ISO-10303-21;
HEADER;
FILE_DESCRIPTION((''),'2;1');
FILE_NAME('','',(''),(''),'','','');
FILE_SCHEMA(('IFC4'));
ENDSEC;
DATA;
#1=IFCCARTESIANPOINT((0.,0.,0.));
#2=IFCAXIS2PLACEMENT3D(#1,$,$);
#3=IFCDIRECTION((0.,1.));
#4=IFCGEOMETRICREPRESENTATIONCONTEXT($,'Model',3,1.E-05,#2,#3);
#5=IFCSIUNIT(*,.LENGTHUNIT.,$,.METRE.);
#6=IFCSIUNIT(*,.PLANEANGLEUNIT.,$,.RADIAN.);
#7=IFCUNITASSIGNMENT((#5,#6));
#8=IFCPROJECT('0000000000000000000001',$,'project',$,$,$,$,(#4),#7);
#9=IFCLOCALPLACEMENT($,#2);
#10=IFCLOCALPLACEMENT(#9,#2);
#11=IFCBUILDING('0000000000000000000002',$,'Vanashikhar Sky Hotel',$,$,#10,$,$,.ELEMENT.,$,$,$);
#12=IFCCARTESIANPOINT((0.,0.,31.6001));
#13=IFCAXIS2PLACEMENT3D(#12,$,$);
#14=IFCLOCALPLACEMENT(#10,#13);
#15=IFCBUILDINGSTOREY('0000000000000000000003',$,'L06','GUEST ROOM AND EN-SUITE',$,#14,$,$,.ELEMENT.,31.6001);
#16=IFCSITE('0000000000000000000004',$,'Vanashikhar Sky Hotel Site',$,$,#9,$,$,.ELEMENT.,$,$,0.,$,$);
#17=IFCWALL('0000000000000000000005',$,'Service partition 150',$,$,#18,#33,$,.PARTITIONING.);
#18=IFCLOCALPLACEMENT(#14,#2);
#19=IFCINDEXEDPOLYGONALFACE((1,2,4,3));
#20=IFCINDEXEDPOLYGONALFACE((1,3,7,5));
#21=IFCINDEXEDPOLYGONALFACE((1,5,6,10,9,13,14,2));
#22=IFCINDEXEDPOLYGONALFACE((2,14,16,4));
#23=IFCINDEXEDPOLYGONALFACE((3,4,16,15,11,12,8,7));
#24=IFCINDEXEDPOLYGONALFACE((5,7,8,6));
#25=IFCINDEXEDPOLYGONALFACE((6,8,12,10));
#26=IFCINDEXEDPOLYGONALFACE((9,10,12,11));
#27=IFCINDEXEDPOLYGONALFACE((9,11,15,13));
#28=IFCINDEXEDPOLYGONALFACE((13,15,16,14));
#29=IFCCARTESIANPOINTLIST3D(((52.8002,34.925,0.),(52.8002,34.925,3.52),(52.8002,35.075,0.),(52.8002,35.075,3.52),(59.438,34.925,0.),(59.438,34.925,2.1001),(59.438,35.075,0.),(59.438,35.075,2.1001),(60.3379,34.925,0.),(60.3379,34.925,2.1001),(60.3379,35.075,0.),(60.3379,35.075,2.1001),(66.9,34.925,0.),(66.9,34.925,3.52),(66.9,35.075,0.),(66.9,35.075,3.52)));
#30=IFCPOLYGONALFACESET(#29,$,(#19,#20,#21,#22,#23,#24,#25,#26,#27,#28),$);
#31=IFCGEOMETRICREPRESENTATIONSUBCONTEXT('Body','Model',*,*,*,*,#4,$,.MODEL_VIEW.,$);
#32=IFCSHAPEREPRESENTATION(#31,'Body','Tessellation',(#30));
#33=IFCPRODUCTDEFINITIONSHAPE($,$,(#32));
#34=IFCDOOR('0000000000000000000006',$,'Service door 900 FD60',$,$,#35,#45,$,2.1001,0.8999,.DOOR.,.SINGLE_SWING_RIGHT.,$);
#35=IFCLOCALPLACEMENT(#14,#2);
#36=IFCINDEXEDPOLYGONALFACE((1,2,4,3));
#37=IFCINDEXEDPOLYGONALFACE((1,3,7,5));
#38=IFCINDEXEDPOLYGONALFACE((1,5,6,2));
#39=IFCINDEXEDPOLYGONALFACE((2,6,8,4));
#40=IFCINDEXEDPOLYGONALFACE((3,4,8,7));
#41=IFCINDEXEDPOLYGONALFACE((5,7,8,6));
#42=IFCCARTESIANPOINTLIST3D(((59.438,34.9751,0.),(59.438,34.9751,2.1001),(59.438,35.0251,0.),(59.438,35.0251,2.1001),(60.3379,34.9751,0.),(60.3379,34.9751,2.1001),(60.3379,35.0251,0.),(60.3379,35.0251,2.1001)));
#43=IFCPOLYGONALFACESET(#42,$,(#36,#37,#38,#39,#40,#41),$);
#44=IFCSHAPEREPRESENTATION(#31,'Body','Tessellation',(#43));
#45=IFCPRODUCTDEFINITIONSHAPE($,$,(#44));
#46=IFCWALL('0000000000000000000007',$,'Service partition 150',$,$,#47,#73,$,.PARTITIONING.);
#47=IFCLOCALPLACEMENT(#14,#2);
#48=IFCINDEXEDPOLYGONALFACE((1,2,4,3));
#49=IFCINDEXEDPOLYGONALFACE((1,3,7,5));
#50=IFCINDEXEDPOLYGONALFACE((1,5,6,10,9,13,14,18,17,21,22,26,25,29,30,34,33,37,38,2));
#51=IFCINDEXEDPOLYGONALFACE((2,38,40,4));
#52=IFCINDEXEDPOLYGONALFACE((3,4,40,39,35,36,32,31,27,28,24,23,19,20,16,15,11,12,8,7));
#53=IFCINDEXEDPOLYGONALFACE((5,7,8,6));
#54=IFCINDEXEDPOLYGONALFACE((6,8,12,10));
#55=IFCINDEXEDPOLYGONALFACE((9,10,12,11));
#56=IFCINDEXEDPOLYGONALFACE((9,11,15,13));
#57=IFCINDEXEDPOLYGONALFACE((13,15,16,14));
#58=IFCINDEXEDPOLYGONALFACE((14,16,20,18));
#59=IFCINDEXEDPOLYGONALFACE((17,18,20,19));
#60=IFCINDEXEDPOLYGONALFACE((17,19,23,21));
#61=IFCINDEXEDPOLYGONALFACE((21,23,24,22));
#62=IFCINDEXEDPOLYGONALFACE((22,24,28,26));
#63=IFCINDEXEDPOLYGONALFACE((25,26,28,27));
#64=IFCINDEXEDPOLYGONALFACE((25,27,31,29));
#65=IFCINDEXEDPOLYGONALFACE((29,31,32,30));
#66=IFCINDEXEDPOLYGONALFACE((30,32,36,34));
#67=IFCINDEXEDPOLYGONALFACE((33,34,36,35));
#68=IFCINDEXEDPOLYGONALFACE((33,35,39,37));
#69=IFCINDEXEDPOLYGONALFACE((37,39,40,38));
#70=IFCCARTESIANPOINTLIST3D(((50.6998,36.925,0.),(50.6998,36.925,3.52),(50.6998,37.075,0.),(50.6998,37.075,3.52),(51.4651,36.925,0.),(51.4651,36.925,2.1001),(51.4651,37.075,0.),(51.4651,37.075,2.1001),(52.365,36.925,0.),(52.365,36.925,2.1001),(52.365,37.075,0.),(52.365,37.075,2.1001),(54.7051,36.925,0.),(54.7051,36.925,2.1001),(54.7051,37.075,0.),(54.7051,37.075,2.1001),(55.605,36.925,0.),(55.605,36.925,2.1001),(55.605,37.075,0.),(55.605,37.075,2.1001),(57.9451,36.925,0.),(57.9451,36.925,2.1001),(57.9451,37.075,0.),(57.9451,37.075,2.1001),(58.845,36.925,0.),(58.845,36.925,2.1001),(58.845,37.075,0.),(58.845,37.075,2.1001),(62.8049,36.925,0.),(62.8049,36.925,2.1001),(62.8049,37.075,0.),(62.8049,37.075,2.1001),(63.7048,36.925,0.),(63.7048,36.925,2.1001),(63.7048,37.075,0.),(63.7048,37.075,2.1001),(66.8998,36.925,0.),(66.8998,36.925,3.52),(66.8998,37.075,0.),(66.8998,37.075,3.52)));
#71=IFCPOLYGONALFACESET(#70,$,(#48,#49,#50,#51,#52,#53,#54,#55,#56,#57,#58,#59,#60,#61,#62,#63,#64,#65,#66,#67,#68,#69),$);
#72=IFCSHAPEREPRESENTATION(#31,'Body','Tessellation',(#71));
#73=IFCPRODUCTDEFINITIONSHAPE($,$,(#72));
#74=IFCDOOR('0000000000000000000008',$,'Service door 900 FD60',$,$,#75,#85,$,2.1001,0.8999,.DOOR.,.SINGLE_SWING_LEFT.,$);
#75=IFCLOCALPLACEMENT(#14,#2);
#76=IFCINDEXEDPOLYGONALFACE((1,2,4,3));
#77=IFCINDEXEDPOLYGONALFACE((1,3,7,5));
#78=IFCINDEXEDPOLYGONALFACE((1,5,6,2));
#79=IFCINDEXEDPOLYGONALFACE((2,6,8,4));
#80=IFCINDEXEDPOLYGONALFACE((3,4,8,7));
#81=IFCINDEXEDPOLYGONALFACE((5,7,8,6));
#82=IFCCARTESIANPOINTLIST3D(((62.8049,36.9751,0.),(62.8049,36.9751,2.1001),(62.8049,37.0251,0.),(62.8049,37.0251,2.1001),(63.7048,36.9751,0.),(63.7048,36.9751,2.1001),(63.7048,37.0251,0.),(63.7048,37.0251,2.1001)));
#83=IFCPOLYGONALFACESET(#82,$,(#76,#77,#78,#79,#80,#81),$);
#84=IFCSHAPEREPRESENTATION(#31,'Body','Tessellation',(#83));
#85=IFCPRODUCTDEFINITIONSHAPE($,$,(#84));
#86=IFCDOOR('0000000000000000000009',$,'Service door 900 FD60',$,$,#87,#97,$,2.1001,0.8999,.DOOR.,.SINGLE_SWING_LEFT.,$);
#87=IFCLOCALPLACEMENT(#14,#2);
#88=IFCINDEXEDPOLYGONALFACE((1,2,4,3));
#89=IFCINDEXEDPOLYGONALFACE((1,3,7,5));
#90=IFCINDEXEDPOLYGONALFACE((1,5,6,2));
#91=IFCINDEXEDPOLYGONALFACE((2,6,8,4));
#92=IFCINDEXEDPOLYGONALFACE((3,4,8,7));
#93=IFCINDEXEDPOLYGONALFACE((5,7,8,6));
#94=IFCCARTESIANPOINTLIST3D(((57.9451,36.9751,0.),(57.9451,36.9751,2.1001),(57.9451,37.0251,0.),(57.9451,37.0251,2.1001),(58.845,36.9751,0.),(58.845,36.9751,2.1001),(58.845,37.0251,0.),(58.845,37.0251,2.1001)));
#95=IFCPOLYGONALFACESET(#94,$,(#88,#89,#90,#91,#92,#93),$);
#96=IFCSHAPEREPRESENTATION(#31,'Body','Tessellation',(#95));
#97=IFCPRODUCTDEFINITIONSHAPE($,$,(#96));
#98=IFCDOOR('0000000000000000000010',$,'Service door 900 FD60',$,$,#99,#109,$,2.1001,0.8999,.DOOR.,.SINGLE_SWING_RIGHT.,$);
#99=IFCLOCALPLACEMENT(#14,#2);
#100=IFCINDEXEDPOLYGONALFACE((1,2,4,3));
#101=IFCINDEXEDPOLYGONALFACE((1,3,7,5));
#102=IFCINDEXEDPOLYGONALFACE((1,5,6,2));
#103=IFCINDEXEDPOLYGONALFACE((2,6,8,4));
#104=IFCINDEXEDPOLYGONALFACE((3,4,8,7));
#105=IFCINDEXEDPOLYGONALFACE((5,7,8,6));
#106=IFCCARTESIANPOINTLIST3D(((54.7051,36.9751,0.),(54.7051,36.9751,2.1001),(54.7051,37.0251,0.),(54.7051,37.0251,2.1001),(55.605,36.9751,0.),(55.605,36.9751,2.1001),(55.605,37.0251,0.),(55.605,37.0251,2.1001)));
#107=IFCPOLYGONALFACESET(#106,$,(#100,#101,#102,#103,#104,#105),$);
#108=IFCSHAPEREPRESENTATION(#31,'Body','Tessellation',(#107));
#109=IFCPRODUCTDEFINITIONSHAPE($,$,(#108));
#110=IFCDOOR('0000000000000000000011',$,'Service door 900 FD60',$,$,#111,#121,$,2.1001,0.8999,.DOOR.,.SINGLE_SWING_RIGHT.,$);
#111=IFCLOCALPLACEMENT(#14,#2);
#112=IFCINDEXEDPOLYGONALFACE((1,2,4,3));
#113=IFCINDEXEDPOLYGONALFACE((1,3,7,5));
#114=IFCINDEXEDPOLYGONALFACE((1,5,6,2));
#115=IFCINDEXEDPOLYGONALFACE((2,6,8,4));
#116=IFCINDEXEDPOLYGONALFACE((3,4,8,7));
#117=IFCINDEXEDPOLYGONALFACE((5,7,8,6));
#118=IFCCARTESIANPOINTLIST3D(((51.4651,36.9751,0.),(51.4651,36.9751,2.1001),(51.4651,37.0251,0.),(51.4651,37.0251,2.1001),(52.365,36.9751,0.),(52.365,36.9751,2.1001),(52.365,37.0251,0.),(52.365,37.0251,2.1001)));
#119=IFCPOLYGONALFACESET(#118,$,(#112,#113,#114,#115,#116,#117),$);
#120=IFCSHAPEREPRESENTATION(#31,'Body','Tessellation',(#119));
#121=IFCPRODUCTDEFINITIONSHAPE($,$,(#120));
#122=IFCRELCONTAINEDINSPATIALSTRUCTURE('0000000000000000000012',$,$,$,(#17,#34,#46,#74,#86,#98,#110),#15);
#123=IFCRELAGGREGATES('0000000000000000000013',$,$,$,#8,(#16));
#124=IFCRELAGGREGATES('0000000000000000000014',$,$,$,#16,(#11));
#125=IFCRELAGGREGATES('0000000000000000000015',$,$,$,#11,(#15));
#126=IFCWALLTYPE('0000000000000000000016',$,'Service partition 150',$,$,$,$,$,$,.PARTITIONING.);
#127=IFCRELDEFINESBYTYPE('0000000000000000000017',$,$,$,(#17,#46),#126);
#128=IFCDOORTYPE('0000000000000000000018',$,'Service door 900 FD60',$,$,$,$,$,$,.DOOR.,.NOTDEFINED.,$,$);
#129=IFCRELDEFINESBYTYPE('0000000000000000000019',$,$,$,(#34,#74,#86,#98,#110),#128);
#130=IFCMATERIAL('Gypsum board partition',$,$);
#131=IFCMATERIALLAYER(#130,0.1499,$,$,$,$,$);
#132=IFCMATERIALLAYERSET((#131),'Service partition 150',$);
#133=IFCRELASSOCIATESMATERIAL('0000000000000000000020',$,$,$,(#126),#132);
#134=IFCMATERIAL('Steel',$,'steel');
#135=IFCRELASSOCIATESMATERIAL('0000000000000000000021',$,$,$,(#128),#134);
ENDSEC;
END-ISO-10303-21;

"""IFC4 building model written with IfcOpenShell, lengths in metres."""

from ifc_helpers import new_model, si_unit, direction, frame, frame_2d, origin, place, context, subcontext, project, spatial, rectangle, extrude, source, transform, mapped, material, layer, layer_set, type_object, element, fill, save


model = new_model("IFC4")

# Units and contexts
model_context = context("Model", 3, precision=1e-05, world=origin(), true_north=direction((0.0, 1.0)))
body_context = subcontext(model_context, "Body", "Model", "MODEL_VIEW")
ifc_project = project(units=[si_unit("LENGTHUNIT", "METRE"), si_unit("PLANEANGLEUNIT", "RADIAN")], contexts=[model_context])

# Site, building, storey
site_placement = place(None, origin())
site = spatial("IfcSite", under=ifc_project, at=site_placement, Name="Vanashikhar Sky Hotel Site", CompositionType="ELEMENT", RefElevation=0.0)
building_placement = place(site_placement, origin())
building = spatial("IfcBuilding", under=site, at=building_placement, Name="Vanashikhar Sky Hotel", CompositionType="ELEMENT")
storey_placement = place(building_placement, frame((0.0, 0.0, 31.6001)))
storey = spatial("IfcBuildingStorey", under=building, at=storey_placement, Name="L06", Description="GUEST ROOM AND EN-SUITE", CompositionType="ELEMENT", Elevation=31.6001)

# Shared definitions
ifc_material_1 = material(Name="Steel", Category="steel")

# Shared definitions
ifc_material_2 = material(Name="Gypsum board partition")
ifc_layer_1 = layer(ifc_material_2, 0.1499)
ifc_layer_set_1 = layer_set([ifc_layer_1], Name="Service partition 150")
wall_type_1 = type_object("IfcWallType", Name="Service partition 150", PredefinedType="PARTITIONING", material=ifc_layer_set_1)

# Wall, opening, door
shared_shape_1 = source(origin(), body_context, "Body", "SweptSolid", [
    extrude(rectangle(XDim=14.0999, YDim=0.1499, at=frame_2d((7.0498, 0.0))), origin(), (0.0, 0.0, 1.0), 3.52),
])
wall_1_placement = place(storey_placement, frame((66.8999, 35.0, 0.0), z_axis=(0.0, 0.0, 1.0), x_axis=(-1.0, 0.0, 0.0)))
wall_1 = element("IfcWall", 1, at=wall_1_placement, inside=storey, type_object=wall_type_1, Name="Service partition 150", PredefinedType="PARTITIONING", context=body_context, shape_type="MappedRepresentation", body=[
    mapped(shared_shape_1, transform((0.0, 0.0, 0.0), scale=1.0)),
])
shared_shape_2 = source(origin(), body_context, "Body", "SweptSolid", [
    extrude(rectangle(XDim=0.8999, YDim=2.1001, at=frame_2d((0.45, 1.05))), frame((0.0, 0.085, 0.0), z_axis=(0.0, -1.0, 0.0), x_axis=(1.0, 0.0, 0.0)), (0.0, 0.0, 1.0), 0.1699),
])
opening_1_placement = place(wall_1_placement, frame((6.562, 0.0, 0.0)))
opening_1 = element("IfcOpeningElement", 2, at=opening_1_placement, cuts=wall_1, PredefinedType="OPENING", context=body_context, shape_type="MappedRepresentation", body=[
    mapped(shared_shape_2, transform((0.0, 0.0, 0.0), scale=1.0)),
])
door_type_1 = type_object("IfcDoorType", Name="Service door 900 FD60", OperationType="NOTDEFINED", PredefinedType="DOOR", material=ifc_material_1)
shared_shape_3 = source(origin(), body_context, "Body", "SweptSolid", [
    extrude(rectangle(XDim=0.8999, YDim=2.1001, at=frame_2d((0.45, 1.05))), frame((0.0, 0.0249, 0.0), z_axis=(0.0, -1.0, 0.0), x_axis=(1.0, 0.0, 0.0)), (0.0, 0.0, 1.0), 0.05),
])
door_1_placement = place(opening_1_placement, origin())
door_1 = element("IfcDoor", 3, at=door_1_placement, inside=storey, type_object=door_type_1, Name="Service door 900 FD60", OperationType="SINGLE_SWING_RIGHT", OverallHeight=2.1001, OverallWidth=0.8999, PredefinedType="DOOR", context=body_context, shape_type="MappedRepresentation", body=[
    mapped(shared_shape_3, transform((0.0, 0.0, 0.0), scale=1.0)),
])
fill(opening_1, door_1)

# Wall, openings, doors
shared_shape_4 = source(origin(), body_context, "Body", "SweptSolid", [
    extrude(rectangle(XDim=16.2, YDim=0.1499, at=frame_2d((8.1001, 0.0))), origin(), (0.0, 0.0, 1.0), 3.52),
])
wall_2_placement = place(storey_placement, frame((66.8999, 37.0, 0.0), z_axis=(0.0, 0.0, 1.0), x_axis=(-1.0, 0.0, 0.0)))
wall_2 = element("IfcWall", 4, at=wall_2_placement, inside=storey, type_object=wall_type_1, Name="Service partition 150", PredefinedType="PARTITIONING", context=body_context, shape_type="MappedRepresentation", body=[
    mapped(shared_shape_4, transform((0.0, 0.0, 0.0), scale=1.0)),
])
opening_2_placement = place(wall_2_placement, frame((3.1951, 0.0, 0.0)))
opening_2 = element("IfcOpeningElement", 5, at=opening_2_placement, cuts=wall_2, PredefinedType="OPENING", context=body_context, shape_type="MappedRepresentation", body=[
    mapped(shared_shape_2, transform((0.0, 0.0, 0.0), scale=1.0)),
])
opening_3_placement = place(wall_2_placement, frame((8.0549, 0.0, 0.0)))
opening_3 = element("IfcOpeningElement", 6, at=opening_3_placement, cuts=wall_2, PredefinedType="OPENING", context=body_context, shape_type="MappedRepresentation", body=[
    mapped(shared_shape_2, transform((0.0, 0.0, 0.0), scale=1.0)),
])
opening_4_placement = place(wall_2_placement, frame((11.2949, 0.0, 0.0)))
opening_4 = element("IfcOpeningElement", 7, at=opening_4_placement, cuts=wall_2, PredefinedType="OPENING", context=body_context, shape_type="MappedRepresentation", body=[
    mapped(shared_shape_2, transform((0.0, 0.0, 0.0), scale=1.0)),
])
opening_5_placement = place(wall_2_placement, frame((14.5349, 0.0, 0.0)))
opening_5 = element("IfcOpeningElement", 8, at=opening_5_placement, cuts=wall_2, PredefinedType="OPENING", context=body_context, shape_type="MappedRepresentation", body=[
    mapped(shared_shape_2, transform((0.0, 0.0, 0.0), scale=1.0)),
])
door_2_placement = place(opening_2_placement, origin())
door_2 = element("IfcDoor", 9, at=door_2_placement, inside=storey, type_object=door_type_1, Name="Service door 900 FD60", OperationType="SINGLE_SWING_LEFT", OverallHeight=2.1001, OverallWidth=0.8999, PredefinedType="DOOR", context=body_context, shape_type="MappedRepresentation", body=[
    mapped(shared_shape_3, transform((0.0, 0.0, 0.0), scale=1.0)),
])
fill(opening_2, door_2)
door_3_placement = place(opening_3_placement, origin())
door_3 = element("IfcDoor", 10, at=door_3_placement, inside=storey, type_object=door_type_1, Name="Service door 900 FD60", OperationType="SINGLE_SWING_LEFT", OverallHeight=2.1001, OverallWidth=0.8999, PredefinedType="DOOR", context=body_context, shape_type="MappedRepresentation", body=[
    mapped(shared_shape_3, transform((0.0, 0.0, 0.0), scale=1.0)),
])
fill(opening_3, door_3)
door_4_placement = place(opening_4_placement, origin())
door_4 = element("IfcDoor", 11, at=door_4_placement, inside=storey, type_object=door_type_1, Name="Service door 900 FD60", OperationType="SINGLE_SWING_RIGHT", OverallHeight=2.1001, OverallWidth=0.8999, PredefinedType="DOOR", context=body_context, shape_type="MappedRepresentation", body=[
    mapped(shared_shape_3, transform((0.0, 0.0, 0.0), scale=1.0)),
])
fill(opening_4, door_4)
door_5_placement = place(opening_5_placement, origin())
door_5 = element("IfcDoor", 12, at=door_5_placement, inside=storey, type_object=door_type_1, Name="Service door 900 FD60", OperationType="SINGLE_SWING_RIGHT", OverallHeight=2.1001, OverallWidth=0.8999, PredefinedType="DOOR", context=body_context, shape_type="MappedRepresentation", body=[
    mapped(shared_shape_3, transform((0.0, 0.0, 0.0), scale=1.0)),
])
fill(opening_5, door_5)

save(model, "model.ifc")
